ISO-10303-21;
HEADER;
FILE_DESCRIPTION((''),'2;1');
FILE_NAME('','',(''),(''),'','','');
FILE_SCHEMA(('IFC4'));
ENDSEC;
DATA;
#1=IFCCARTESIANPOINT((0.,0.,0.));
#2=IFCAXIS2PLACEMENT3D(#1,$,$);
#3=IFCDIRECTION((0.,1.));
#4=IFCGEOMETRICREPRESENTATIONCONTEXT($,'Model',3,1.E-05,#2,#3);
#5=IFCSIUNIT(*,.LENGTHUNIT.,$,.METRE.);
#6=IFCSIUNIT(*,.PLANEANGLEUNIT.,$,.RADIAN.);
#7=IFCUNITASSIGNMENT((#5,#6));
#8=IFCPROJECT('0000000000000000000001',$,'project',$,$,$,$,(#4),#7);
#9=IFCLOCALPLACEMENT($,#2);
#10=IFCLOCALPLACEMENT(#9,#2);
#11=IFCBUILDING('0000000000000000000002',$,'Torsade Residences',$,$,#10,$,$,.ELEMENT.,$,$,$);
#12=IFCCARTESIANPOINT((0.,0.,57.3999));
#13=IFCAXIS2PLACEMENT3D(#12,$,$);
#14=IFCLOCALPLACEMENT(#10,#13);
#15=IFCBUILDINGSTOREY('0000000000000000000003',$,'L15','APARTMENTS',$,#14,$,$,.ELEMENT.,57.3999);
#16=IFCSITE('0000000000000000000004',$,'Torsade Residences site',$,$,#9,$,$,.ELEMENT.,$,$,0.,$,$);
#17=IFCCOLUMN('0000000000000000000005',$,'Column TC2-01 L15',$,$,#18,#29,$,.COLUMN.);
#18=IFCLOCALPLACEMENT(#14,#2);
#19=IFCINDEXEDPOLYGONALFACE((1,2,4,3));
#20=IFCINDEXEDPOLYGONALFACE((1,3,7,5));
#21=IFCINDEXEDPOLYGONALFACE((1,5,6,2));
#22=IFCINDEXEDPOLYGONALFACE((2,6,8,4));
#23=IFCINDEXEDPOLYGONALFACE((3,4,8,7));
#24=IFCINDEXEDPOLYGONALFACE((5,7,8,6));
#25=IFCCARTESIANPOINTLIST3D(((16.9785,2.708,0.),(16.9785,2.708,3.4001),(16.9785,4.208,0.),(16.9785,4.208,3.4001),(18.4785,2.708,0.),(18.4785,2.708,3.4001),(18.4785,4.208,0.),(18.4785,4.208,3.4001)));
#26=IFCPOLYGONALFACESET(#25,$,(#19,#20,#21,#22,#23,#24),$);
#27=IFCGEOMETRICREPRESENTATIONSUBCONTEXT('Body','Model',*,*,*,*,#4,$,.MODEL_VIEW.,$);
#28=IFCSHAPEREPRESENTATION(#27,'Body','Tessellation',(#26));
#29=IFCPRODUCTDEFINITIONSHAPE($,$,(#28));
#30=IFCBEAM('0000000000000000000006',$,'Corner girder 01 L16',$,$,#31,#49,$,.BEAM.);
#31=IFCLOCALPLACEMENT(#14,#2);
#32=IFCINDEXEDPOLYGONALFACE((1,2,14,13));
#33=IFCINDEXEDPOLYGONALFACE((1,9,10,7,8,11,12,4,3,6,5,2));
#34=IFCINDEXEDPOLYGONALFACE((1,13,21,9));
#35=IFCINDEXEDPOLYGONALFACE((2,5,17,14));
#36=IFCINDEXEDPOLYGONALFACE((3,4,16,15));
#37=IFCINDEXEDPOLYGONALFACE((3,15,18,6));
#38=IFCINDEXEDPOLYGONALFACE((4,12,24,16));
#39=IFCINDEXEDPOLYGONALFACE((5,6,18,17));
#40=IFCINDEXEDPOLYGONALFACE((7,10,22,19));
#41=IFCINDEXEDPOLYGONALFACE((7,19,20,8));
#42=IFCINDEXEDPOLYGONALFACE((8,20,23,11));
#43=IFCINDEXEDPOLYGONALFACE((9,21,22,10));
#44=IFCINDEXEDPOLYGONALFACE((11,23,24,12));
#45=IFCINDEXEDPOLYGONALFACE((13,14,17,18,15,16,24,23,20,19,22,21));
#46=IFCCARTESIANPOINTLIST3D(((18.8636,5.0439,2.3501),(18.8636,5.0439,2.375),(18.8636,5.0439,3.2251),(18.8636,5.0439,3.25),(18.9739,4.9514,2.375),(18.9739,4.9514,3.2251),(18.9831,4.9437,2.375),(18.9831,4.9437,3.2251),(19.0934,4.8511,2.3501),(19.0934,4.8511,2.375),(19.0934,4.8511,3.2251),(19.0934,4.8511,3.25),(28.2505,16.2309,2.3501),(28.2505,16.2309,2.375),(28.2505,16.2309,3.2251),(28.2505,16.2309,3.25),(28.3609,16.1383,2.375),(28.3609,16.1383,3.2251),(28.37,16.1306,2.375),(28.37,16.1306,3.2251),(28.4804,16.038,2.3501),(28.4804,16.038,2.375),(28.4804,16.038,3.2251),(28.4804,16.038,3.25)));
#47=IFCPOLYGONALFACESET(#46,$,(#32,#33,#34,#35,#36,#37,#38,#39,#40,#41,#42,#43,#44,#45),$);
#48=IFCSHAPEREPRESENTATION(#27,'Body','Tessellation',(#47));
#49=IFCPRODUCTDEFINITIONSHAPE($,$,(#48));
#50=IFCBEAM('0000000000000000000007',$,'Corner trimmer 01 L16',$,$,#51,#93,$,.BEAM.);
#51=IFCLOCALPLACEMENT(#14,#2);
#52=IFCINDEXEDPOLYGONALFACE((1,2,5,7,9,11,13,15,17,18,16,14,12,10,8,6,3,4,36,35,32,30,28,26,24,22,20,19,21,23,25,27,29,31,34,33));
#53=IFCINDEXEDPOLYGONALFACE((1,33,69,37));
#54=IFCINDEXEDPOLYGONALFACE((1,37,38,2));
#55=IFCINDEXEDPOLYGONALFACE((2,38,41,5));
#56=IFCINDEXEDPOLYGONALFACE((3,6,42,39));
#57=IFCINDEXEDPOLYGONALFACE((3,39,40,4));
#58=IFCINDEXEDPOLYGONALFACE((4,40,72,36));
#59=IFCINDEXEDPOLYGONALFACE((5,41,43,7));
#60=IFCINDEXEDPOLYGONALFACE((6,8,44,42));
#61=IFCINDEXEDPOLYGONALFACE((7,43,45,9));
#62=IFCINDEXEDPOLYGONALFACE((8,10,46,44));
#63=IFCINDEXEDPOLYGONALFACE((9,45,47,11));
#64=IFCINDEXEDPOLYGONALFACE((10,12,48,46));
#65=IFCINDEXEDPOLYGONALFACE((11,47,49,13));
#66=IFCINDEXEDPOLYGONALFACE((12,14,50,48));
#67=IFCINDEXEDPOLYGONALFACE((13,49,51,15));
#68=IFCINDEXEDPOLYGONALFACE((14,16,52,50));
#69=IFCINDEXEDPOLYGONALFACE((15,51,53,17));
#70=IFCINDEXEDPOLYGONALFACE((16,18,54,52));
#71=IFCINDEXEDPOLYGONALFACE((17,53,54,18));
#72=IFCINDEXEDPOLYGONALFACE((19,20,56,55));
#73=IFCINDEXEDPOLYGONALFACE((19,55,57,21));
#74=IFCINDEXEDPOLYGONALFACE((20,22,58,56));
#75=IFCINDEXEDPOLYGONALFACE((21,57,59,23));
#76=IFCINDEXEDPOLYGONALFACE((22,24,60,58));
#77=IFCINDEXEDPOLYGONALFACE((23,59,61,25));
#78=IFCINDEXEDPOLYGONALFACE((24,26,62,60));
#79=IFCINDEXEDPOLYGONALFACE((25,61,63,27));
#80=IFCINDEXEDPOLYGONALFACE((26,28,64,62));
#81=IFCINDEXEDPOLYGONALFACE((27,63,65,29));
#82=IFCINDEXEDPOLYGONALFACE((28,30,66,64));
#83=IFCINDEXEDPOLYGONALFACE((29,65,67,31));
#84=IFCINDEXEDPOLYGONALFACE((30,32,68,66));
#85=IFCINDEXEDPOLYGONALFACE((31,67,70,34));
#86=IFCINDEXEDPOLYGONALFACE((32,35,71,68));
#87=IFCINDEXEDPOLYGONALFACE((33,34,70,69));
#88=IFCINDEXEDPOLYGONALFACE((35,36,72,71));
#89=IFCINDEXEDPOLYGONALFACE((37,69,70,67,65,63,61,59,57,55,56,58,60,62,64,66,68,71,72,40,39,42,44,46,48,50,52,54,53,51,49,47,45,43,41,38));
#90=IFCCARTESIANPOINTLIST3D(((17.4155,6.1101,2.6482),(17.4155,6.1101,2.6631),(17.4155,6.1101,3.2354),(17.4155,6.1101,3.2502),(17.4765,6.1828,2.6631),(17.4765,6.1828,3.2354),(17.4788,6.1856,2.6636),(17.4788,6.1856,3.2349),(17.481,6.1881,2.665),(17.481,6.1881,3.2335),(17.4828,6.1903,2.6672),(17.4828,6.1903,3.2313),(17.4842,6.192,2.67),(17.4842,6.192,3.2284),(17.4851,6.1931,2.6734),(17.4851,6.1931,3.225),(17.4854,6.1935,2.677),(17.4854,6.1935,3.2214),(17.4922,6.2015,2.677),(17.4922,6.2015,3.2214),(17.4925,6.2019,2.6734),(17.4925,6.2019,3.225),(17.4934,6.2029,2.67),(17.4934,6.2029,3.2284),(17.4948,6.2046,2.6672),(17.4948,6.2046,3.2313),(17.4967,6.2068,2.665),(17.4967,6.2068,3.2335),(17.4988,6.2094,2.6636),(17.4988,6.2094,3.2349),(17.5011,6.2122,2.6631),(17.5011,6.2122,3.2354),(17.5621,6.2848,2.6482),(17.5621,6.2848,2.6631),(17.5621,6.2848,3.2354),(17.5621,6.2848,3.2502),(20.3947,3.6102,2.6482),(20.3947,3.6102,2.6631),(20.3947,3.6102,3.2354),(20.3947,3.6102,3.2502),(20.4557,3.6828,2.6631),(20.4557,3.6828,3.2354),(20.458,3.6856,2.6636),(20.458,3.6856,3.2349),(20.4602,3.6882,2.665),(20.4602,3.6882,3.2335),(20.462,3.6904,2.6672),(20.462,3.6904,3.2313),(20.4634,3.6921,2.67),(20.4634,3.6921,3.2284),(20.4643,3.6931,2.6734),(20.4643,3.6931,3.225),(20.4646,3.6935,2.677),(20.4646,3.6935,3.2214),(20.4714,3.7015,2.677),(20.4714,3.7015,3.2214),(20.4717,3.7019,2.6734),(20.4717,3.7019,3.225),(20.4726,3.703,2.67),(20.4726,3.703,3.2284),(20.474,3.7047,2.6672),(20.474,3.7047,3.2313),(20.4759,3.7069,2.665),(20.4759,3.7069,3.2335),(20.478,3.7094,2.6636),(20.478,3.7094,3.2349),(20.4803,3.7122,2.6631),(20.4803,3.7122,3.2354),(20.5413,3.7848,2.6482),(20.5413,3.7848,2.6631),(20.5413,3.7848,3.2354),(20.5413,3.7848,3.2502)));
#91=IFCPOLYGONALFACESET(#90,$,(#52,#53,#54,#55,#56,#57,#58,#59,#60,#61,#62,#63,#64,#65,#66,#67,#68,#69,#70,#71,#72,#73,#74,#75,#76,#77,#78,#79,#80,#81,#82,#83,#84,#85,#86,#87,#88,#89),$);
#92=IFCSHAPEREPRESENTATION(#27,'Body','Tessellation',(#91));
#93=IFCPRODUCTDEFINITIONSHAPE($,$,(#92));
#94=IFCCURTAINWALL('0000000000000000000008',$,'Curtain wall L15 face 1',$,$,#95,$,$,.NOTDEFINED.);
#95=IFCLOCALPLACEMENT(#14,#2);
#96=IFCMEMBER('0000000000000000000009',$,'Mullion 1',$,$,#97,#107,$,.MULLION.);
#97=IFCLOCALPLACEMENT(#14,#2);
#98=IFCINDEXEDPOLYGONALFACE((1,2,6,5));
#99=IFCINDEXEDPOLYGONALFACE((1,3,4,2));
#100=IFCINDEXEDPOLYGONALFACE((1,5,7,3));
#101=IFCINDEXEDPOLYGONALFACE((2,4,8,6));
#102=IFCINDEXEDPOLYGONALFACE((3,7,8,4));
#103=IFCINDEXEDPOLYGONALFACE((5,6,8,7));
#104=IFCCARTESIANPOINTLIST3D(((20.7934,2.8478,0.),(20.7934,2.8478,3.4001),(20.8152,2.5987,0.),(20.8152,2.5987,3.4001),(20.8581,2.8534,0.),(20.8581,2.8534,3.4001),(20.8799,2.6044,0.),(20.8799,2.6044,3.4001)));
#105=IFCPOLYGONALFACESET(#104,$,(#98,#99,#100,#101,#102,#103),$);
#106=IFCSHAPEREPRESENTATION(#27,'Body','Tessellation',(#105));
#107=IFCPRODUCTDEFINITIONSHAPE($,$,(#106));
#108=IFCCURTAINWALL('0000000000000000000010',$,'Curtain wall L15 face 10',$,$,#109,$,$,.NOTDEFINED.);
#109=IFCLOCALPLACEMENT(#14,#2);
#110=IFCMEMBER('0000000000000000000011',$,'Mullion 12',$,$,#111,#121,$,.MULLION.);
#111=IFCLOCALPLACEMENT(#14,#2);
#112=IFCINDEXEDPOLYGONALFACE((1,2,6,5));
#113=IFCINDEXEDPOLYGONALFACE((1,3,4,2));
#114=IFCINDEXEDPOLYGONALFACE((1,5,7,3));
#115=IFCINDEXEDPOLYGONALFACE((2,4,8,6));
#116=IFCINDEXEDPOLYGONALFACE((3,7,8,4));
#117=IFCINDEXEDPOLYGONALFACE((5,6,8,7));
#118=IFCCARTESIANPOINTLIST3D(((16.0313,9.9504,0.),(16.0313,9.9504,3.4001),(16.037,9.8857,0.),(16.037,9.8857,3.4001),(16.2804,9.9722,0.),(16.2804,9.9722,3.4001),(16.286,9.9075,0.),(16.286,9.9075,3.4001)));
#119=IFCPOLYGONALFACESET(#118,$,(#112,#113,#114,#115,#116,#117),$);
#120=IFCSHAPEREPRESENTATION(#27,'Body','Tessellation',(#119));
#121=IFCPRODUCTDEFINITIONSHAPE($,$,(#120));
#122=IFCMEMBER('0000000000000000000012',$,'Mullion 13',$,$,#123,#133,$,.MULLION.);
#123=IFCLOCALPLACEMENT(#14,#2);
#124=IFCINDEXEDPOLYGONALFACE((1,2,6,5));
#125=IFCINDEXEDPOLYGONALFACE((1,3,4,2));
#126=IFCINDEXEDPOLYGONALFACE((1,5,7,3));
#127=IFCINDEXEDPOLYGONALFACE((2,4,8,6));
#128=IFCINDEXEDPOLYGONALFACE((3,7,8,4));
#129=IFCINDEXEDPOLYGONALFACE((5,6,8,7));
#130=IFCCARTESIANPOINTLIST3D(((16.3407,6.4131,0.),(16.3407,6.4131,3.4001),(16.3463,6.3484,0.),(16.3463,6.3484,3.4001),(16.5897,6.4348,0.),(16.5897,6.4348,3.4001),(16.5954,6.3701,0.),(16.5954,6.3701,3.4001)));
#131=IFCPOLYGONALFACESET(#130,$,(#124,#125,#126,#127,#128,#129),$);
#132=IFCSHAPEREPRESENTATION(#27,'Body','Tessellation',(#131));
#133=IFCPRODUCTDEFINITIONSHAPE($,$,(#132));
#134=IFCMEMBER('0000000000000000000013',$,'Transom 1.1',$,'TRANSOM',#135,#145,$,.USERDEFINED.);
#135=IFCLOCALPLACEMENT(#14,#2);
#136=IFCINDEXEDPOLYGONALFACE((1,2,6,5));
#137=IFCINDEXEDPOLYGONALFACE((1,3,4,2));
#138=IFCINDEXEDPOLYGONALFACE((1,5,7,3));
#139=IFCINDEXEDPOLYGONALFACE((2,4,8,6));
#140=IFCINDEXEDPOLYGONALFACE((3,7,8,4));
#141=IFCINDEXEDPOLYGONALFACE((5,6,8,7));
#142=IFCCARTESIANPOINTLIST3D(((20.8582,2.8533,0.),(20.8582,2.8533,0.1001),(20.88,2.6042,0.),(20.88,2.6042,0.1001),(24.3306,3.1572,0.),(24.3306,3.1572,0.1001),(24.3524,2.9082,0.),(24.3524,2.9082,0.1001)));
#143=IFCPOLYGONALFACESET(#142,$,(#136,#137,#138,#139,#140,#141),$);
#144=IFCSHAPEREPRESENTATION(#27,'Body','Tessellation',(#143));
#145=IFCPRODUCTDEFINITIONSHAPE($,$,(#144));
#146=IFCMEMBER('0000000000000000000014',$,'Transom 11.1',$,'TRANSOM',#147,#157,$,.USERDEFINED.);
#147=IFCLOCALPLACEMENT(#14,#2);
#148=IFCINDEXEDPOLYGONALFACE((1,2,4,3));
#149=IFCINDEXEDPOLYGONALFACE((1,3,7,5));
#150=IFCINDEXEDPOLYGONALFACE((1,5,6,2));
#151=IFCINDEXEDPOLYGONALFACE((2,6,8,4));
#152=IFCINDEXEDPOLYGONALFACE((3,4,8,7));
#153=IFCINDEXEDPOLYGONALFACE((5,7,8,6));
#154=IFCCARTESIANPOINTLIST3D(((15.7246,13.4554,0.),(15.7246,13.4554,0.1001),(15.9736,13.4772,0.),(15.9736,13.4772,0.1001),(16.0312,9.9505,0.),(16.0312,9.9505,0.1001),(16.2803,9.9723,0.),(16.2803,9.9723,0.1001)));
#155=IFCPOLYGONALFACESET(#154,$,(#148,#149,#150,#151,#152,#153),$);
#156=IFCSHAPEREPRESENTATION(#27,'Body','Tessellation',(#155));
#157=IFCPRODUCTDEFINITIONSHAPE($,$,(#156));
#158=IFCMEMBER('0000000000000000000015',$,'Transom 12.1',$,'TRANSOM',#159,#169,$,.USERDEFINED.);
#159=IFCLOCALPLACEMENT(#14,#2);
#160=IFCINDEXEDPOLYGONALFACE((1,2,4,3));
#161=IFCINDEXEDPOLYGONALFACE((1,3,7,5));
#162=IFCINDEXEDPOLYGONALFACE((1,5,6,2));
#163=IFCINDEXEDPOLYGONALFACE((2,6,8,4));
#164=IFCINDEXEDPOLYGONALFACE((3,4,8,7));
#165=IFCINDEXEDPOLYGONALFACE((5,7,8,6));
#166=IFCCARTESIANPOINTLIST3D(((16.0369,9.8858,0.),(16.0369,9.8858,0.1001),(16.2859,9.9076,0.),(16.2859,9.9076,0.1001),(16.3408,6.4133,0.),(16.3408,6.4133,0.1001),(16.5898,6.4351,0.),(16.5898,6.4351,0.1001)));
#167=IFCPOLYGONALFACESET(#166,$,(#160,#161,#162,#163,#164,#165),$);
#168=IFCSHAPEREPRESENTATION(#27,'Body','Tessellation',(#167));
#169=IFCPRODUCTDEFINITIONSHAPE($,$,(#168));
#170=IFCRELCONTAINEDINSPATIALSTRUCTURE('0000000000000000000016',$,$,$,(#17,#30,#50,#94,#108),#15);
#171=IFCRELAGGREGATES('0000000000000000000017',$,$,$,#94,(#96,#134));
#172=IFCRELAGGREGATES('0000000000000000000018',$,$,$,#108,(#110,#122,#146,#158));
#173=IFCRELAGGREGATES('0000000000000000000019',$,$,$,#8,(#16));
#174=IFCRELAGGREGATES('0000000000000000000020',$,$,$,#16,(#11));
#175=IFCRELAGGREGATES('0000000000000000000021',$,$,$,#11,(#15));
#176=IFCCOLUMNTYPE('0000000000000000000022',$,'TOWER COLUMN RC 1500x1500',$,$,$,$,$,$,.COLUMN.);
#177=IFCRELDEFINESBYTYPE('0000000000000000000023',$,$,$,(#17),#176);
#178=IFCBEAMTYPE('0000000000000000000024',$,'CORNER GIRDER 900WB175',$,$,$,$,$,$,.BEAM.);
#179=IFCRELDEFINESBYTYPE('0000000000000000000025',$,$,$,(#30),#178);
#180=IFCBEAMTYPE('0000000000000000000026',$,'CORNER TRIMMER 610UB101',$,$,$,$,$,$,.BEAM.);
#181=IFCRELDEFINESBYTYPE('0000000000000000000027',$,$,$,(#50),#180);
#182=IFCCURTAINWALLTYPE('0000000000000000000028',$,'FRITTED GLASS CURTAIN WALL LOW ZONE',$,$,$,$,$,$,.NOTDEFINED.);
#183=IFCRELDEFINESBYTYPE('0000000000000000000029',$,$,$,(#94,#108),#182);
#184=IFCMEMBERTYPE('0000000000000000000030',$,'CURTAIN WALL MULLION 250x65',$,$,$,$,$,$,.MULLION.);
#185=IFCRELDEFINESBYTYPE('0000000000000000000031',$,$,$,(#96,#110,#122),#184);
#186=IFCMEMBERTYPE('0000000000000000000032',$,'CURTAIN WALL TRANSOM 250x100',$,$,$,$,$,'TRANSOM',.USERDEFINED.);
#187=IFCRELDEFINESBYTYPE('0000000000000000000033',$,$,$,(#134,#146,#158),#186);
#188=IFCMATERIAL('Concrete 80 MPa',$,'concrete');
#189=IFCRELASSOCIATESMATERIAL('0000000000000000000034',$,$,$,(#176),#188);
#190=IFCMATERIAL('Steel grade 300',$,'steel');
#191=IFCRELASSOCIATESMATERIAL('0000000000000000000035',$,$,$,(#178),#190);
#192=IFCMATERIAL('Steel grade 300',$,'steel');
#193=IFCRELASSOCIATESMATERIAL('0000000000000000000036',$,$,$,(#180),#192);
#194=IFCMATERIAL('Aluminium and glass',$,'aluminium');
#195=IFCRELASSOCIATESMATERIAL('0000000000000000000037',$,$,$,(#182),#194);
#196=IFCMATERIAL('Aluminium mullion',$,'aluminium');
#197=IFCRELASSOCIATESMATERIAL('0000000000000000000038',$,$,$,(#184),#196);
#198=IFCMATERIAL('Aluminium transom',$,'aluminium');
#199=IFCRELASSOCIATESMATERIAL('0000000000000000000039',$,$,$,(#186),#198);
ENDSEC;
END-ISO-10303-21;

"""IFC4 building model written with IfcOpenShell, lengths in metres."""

from ifc_helpers import new_model, si_unit, direction, frame, origin, origin_2d, place, context, subcontext, project, spatial, rectangle, i_section, extrude, material, material_profile, profile_set, type_object, element, aggregate, save


model = new_model("IFC4")

# Units and contexts
model_context = context("Model", 3, precision=1e-05, world=origin(), true_north=direction((0.0, 1.0)))
body_context = subcontext(model_context, "Body", "Model", "MODEL_VIEW")
ifc_project = project(units=[si_unit("LENGTHUNIT", "METRE"), si_unit("PLANEANGLEUNIT", "RADIAN")], contexts=[model_context])

# Site, building, storey
site_placement = place(None, origin())
site = spatial("IfcSite", under=ifc_project, at=site_placement, Name="Torsade Residences site", CompositionType="ELEMENT", RefElevation=0.0)
building_placement = place(site_placement, origin())
building = spatial("IfcBuilding", under=site, at=building_placement, Name="Torsade Residences", CompositionType="ELEMENT")
storey_placement = place(building_placement, frame((0.0, 0.0, 57.3999)))
storey = spatial("IfcBuildingStorey", under=building, at=storey_placement, Name="L15", Description="APARTMENTS", CompositionType="ELEMENT", Elevation=57.3999)

# Column
ifc_material_1 = material(Name="Concrete 80 MPa", Category="concrete")
ifc_material_profile_1 = material_profile(ifc_material_1, rectangle(XDim=1.5, YDim=1.5, at=origin_2d()), Name="RC 1500x1500")
ifc_profile_set_1 = profile_set([ifc_material_profile_1], Name="Concrete 80 MPa")
column_type = type_object("IfcColumnType", Name="TOWER COLUMN RC 1500x1500", PredefinedType="COLUMN", material=ifc_profile_set_1)
column_placement = place(storey_placement, frame((17.7285, 3.458, 0.0), z_axis=(0.0, 0.0, 1.0), x_axis=(1.0, 0.0, 0.0)))
element("IfcColumn", 1, at=column_placement, inside=storey, type_object=column_type, Name="Column TC2-01 L15", PredefinedType="COLUMN", context=body_context, shape_type="SweptSolid", body=[
    extrude(rectangle(XDim=1.5, YDim=1.5, at=origin_2d()), origin(), (0.0, 0.0, 1.0), 3.4001),
])

# Beams
ifc_material_2 = material(Name="Steel grade 300", Category="steel")
ifc_material_profile_2 = material_profile(ifc_material_2, i_section(OverallWidth=0.3, OverallDepth=0.8999, WebThickness=0.012, FlangeThickness=0.0249, at=origin_2d()), Name="900WB175")
ifc_profile_set_2 = profile_set([ifc_material_profile_2], Name="Steel grade 300")
beam_type_1 = type_object("IfcBeamType", Name="CORNER GIRDER 900WB175", PredefinedType="BEAM", material=ifc_profile_set_2)
beam_1_placement = place(storey_placement, frame((18.9785, 4.9475, 2.8), z_axis=(0.642785, 0.766046, 0.0), x_axis=(-0.766046, 0.642785, 0.0)))
element("IfcBeam", 2, at=beam_1_placement, inside=storey, type_object=beam_type_1, Name="Corner girder 01 L16", PredefinedType="BEAM", context=body_context, shape_type="SweptSolid", body=[
    extrude(i_section(OverallWidth=0.3, OverallDepth=0.8999, WebThickness=0.012, FlangeThickness=0.0249, at=origin_2d()), origin(), (0.0, 0.0, 1.0), 14.6035),
])
ifc_material_3 = material(Name="Steel grade 300", Category="steel")
ifc_material_profile_3 = material_profile(ifc_material_3, i_section(OverallWidth=0.228, OverallDepth=0.6021, WebThickness=0.0105, FlangeThickness=0.0149, FilletRadius=0.0139, at=origin_2d()), Name="610UB101")
ifc_profile_set_3 = profile_set([ifc_material_profile_3], Name="Steel grade 300")
beam_type_2 = type_object("IfcBeamType", Name="CORNER TRIMMER 610UB101", PredefinedType="BEAM", material=ifc_profile_set_3)
beam_2_placement = place(storey_placement, frame((20.468, 3.6975, 2.9492), z_axis=(-0.76603, 0.642805, 0.0), x_axis=(-0.642805, -0.76603, 0.0)))
element("IfcBeam", 3, at=beam_2_placement, inside=storey, type_object=beam_type_2, Name="Corner trimmer 01 L16", PredefinedType="BEAM", context=body_context, shape_type="SweptSolid", body=[
    extrude(i_section(OverallWidth=0.228, OverallDepth=0.6021, WebThickness=0.0105, FlangeThickness=0.0149, FilletRadius=0.0139, at=origin_2d()), origin(), (0.0, 0.0, 1.0), 3.8892),
])

# Curtain wall, member
ifc_material_4 = material(Name="Aluminium and glass", Category="aluminium")
curtain_wall_type = type_object("IfcCurtainWallType", Name="FRITTED GLASS CURTAIN WALL LOW ZONE", PredefinedType="NOTDEFINED", material=ifc_material_4)
curtain_wall_1_placement = place(storey_placement, origin())
curtain_wall_1 = element("IfcCurtainWall", 4, at=curtain_wall_1_placement, inside=storey, type_object=curtain_wall_type, Name="Curtain wall L15 face 1", PredefinedType="NOTDEFINED")
ifc_material_5 = material(Name="Aluminium mullion", Category="aluminium")
ifc_material_profile_4 = material_profile(ifc_material_5, rectangle(XDim=0.25, YDim=0.0649, at=origin_2d()), Name="CURTAIN WALL MULLION 250x65")
ifc_profile_set_4 = profile_set([ifc_material_profile_4], Name="Aluminium mullion")
member_type_1 = type_object("IfcMemberType", Name="CURTAIN WALL MULLION 250x65", PredefinedType="MULLION", material=ifc_profile_set_4)
member_1_placement = place(storey_placement, frame((20.8367, 2.7261, 0.0), z_axis=(0.0, 0.0, 1.0), x_axis=(-0.087156, 0.996195, 0.0)))
member_1 = element("IfcMember", 5, at=member_1_placement, type_object=member_type_1, Name="Mullion 1", PredefinedType="MULLION", context=body_context, shape_type="SweptSolid", body=[
    extrude(rectangle(XDim=0.25, YDim=0.0649, at=origin_2d()), origin(), (0.0, 0.0, 1.0), 3.4001),
])

# Curtain wall, members
curtain_wall_2_placement = place(storey_placement, origin())
curtain_wall_2 = element("IfcCurtainWall", 6, at=curtain_wall_2_placement, inside=storey, type_object=curtain_wall_type, Name="Curtain wall L15 face 10", PredefinedType="NOTDEFINED")
member_2_placement = place(storey_placement, frame((16.1587, 9.929, 0.0), z_axis=(0.0, 0.0, 1.0), x_axis=(0.996195, 0.087156, 0.0)))
member_2 = element("IfcMember", 7, at=member_2_placement, type_object=member_type_1, Name="Mullion 12", PredefinedType="MULLION", context=body_context, shape_type="SweptSolid", body=[
    extrude(rectangle(XDim=0.25, YDim=0.0649, at=origin_2d()), origin(), (0.0, 0.0, 1.0), 3.4001),
])
member_3_placement = place(storey_placement, frame((16.468, 6.3916, 0.0), z_axis=(0.0, 0.0, 1.0), x_axis=(0.996195, 0.087156, 0.0)))
member_3 = element("IfcMember", 8, at=member_3_placement, type_object=member_type_1, Name="Mullion 13", PredefinedType="MULLION", context=body_context, shape_type="SweptSolid", body=[
    extrude(rectangle(XDim=0.25, YDim=0.0649, at=origin_2d()), origin(), (0.0, 0.0, 1.0), 3.4001),
])

# Members
ifc_material_6 = material(Name="Aluminium transom", Category="aluminium")
ifc_material_profile_5 = material_profile(ifc_material_6, rectangle(XDim=0.25, YDim=0.1001, at=origin_2d()), Name="CURTAIN WALL TRANSOM 250x100")
ifc_profile_set_5 = profile_set([ifc_material_profile_5], Name="Aluminium transom")
member_type_2 = type_object("IfcMemberType", Name="CURTAIN WALL TRANSOM 250x100", ElementType="TRANSOM", PredefinedType="USERDEFINED", material=ifc_profile_set_5)
member_4_placement = place(storey_placement, frame((20.8691, 2.7288, 0.05), z_axis=(0.996191, 0.087201, 0.0), x_axis=(-0.087201, 0.996191, 0.0)))
member_4 = element("IfcMember", 9, at=member_4_placement, type_object=member_type_2, Name="Transom 1.1", ObjectType="TRANSOM", PredefinedType="USERDEFINED", context=body_context, shape_type="SweptSolid", body=[
    extrude(rectangle(XDim=0.25, YDim=0.1001, at=origin_2d()), origin(), (0.0, 0.0, 1.0), 3.4856),
])
aggregate(curtain_wall_1, [member_1, member_4])
member_5_placement = place(storey_placement, frame((15.8491, 13.4663, 0.05), z_axis=(0.087157, -0.996195, 0.0), x_axis=(0.996195, 0.087157, 0.0)))
member_5 = element("IfcMember", 10, at=member_5_placement, type_object=member_type_2, Name="Transom 11.1", ObjectType="TRANSOM", PredefinedType="USERDEFINED", context=body_context, shape_type="SweptSolid", body=[
    extrude(rectangle(XDim=0.25, YDim=0.1001, at=origin_2d()), origin(), (0.0, 0.0, 1.0), 3.5183),
])
member_6_placement = place(storey_placement, frame((16.1614, 9.8967, 0.05), z_axis=(0.087195, -0.996191, 0.0), x_axis=(0.996191, 0.087195, 0.0)))
member_6 = element("IfcMember", 11, at=member_6_placement, type_object=member_type_2, Name="Transom 12.1", ObjectType="TRANSOM", PredefinedType="USERDEFINED", context=body_context, shape_type="SweptSolid", body=[
    extrude(rectangle(XDim=0.25, YDim=0.1001, at=origin_2d()), origin(), (0.0, 0.0, 1.0), 3.4858),
])

aggregate(curtain_wall_2, [member_2, member_3, member_5, member_6])

save(model, "model.ifc")
